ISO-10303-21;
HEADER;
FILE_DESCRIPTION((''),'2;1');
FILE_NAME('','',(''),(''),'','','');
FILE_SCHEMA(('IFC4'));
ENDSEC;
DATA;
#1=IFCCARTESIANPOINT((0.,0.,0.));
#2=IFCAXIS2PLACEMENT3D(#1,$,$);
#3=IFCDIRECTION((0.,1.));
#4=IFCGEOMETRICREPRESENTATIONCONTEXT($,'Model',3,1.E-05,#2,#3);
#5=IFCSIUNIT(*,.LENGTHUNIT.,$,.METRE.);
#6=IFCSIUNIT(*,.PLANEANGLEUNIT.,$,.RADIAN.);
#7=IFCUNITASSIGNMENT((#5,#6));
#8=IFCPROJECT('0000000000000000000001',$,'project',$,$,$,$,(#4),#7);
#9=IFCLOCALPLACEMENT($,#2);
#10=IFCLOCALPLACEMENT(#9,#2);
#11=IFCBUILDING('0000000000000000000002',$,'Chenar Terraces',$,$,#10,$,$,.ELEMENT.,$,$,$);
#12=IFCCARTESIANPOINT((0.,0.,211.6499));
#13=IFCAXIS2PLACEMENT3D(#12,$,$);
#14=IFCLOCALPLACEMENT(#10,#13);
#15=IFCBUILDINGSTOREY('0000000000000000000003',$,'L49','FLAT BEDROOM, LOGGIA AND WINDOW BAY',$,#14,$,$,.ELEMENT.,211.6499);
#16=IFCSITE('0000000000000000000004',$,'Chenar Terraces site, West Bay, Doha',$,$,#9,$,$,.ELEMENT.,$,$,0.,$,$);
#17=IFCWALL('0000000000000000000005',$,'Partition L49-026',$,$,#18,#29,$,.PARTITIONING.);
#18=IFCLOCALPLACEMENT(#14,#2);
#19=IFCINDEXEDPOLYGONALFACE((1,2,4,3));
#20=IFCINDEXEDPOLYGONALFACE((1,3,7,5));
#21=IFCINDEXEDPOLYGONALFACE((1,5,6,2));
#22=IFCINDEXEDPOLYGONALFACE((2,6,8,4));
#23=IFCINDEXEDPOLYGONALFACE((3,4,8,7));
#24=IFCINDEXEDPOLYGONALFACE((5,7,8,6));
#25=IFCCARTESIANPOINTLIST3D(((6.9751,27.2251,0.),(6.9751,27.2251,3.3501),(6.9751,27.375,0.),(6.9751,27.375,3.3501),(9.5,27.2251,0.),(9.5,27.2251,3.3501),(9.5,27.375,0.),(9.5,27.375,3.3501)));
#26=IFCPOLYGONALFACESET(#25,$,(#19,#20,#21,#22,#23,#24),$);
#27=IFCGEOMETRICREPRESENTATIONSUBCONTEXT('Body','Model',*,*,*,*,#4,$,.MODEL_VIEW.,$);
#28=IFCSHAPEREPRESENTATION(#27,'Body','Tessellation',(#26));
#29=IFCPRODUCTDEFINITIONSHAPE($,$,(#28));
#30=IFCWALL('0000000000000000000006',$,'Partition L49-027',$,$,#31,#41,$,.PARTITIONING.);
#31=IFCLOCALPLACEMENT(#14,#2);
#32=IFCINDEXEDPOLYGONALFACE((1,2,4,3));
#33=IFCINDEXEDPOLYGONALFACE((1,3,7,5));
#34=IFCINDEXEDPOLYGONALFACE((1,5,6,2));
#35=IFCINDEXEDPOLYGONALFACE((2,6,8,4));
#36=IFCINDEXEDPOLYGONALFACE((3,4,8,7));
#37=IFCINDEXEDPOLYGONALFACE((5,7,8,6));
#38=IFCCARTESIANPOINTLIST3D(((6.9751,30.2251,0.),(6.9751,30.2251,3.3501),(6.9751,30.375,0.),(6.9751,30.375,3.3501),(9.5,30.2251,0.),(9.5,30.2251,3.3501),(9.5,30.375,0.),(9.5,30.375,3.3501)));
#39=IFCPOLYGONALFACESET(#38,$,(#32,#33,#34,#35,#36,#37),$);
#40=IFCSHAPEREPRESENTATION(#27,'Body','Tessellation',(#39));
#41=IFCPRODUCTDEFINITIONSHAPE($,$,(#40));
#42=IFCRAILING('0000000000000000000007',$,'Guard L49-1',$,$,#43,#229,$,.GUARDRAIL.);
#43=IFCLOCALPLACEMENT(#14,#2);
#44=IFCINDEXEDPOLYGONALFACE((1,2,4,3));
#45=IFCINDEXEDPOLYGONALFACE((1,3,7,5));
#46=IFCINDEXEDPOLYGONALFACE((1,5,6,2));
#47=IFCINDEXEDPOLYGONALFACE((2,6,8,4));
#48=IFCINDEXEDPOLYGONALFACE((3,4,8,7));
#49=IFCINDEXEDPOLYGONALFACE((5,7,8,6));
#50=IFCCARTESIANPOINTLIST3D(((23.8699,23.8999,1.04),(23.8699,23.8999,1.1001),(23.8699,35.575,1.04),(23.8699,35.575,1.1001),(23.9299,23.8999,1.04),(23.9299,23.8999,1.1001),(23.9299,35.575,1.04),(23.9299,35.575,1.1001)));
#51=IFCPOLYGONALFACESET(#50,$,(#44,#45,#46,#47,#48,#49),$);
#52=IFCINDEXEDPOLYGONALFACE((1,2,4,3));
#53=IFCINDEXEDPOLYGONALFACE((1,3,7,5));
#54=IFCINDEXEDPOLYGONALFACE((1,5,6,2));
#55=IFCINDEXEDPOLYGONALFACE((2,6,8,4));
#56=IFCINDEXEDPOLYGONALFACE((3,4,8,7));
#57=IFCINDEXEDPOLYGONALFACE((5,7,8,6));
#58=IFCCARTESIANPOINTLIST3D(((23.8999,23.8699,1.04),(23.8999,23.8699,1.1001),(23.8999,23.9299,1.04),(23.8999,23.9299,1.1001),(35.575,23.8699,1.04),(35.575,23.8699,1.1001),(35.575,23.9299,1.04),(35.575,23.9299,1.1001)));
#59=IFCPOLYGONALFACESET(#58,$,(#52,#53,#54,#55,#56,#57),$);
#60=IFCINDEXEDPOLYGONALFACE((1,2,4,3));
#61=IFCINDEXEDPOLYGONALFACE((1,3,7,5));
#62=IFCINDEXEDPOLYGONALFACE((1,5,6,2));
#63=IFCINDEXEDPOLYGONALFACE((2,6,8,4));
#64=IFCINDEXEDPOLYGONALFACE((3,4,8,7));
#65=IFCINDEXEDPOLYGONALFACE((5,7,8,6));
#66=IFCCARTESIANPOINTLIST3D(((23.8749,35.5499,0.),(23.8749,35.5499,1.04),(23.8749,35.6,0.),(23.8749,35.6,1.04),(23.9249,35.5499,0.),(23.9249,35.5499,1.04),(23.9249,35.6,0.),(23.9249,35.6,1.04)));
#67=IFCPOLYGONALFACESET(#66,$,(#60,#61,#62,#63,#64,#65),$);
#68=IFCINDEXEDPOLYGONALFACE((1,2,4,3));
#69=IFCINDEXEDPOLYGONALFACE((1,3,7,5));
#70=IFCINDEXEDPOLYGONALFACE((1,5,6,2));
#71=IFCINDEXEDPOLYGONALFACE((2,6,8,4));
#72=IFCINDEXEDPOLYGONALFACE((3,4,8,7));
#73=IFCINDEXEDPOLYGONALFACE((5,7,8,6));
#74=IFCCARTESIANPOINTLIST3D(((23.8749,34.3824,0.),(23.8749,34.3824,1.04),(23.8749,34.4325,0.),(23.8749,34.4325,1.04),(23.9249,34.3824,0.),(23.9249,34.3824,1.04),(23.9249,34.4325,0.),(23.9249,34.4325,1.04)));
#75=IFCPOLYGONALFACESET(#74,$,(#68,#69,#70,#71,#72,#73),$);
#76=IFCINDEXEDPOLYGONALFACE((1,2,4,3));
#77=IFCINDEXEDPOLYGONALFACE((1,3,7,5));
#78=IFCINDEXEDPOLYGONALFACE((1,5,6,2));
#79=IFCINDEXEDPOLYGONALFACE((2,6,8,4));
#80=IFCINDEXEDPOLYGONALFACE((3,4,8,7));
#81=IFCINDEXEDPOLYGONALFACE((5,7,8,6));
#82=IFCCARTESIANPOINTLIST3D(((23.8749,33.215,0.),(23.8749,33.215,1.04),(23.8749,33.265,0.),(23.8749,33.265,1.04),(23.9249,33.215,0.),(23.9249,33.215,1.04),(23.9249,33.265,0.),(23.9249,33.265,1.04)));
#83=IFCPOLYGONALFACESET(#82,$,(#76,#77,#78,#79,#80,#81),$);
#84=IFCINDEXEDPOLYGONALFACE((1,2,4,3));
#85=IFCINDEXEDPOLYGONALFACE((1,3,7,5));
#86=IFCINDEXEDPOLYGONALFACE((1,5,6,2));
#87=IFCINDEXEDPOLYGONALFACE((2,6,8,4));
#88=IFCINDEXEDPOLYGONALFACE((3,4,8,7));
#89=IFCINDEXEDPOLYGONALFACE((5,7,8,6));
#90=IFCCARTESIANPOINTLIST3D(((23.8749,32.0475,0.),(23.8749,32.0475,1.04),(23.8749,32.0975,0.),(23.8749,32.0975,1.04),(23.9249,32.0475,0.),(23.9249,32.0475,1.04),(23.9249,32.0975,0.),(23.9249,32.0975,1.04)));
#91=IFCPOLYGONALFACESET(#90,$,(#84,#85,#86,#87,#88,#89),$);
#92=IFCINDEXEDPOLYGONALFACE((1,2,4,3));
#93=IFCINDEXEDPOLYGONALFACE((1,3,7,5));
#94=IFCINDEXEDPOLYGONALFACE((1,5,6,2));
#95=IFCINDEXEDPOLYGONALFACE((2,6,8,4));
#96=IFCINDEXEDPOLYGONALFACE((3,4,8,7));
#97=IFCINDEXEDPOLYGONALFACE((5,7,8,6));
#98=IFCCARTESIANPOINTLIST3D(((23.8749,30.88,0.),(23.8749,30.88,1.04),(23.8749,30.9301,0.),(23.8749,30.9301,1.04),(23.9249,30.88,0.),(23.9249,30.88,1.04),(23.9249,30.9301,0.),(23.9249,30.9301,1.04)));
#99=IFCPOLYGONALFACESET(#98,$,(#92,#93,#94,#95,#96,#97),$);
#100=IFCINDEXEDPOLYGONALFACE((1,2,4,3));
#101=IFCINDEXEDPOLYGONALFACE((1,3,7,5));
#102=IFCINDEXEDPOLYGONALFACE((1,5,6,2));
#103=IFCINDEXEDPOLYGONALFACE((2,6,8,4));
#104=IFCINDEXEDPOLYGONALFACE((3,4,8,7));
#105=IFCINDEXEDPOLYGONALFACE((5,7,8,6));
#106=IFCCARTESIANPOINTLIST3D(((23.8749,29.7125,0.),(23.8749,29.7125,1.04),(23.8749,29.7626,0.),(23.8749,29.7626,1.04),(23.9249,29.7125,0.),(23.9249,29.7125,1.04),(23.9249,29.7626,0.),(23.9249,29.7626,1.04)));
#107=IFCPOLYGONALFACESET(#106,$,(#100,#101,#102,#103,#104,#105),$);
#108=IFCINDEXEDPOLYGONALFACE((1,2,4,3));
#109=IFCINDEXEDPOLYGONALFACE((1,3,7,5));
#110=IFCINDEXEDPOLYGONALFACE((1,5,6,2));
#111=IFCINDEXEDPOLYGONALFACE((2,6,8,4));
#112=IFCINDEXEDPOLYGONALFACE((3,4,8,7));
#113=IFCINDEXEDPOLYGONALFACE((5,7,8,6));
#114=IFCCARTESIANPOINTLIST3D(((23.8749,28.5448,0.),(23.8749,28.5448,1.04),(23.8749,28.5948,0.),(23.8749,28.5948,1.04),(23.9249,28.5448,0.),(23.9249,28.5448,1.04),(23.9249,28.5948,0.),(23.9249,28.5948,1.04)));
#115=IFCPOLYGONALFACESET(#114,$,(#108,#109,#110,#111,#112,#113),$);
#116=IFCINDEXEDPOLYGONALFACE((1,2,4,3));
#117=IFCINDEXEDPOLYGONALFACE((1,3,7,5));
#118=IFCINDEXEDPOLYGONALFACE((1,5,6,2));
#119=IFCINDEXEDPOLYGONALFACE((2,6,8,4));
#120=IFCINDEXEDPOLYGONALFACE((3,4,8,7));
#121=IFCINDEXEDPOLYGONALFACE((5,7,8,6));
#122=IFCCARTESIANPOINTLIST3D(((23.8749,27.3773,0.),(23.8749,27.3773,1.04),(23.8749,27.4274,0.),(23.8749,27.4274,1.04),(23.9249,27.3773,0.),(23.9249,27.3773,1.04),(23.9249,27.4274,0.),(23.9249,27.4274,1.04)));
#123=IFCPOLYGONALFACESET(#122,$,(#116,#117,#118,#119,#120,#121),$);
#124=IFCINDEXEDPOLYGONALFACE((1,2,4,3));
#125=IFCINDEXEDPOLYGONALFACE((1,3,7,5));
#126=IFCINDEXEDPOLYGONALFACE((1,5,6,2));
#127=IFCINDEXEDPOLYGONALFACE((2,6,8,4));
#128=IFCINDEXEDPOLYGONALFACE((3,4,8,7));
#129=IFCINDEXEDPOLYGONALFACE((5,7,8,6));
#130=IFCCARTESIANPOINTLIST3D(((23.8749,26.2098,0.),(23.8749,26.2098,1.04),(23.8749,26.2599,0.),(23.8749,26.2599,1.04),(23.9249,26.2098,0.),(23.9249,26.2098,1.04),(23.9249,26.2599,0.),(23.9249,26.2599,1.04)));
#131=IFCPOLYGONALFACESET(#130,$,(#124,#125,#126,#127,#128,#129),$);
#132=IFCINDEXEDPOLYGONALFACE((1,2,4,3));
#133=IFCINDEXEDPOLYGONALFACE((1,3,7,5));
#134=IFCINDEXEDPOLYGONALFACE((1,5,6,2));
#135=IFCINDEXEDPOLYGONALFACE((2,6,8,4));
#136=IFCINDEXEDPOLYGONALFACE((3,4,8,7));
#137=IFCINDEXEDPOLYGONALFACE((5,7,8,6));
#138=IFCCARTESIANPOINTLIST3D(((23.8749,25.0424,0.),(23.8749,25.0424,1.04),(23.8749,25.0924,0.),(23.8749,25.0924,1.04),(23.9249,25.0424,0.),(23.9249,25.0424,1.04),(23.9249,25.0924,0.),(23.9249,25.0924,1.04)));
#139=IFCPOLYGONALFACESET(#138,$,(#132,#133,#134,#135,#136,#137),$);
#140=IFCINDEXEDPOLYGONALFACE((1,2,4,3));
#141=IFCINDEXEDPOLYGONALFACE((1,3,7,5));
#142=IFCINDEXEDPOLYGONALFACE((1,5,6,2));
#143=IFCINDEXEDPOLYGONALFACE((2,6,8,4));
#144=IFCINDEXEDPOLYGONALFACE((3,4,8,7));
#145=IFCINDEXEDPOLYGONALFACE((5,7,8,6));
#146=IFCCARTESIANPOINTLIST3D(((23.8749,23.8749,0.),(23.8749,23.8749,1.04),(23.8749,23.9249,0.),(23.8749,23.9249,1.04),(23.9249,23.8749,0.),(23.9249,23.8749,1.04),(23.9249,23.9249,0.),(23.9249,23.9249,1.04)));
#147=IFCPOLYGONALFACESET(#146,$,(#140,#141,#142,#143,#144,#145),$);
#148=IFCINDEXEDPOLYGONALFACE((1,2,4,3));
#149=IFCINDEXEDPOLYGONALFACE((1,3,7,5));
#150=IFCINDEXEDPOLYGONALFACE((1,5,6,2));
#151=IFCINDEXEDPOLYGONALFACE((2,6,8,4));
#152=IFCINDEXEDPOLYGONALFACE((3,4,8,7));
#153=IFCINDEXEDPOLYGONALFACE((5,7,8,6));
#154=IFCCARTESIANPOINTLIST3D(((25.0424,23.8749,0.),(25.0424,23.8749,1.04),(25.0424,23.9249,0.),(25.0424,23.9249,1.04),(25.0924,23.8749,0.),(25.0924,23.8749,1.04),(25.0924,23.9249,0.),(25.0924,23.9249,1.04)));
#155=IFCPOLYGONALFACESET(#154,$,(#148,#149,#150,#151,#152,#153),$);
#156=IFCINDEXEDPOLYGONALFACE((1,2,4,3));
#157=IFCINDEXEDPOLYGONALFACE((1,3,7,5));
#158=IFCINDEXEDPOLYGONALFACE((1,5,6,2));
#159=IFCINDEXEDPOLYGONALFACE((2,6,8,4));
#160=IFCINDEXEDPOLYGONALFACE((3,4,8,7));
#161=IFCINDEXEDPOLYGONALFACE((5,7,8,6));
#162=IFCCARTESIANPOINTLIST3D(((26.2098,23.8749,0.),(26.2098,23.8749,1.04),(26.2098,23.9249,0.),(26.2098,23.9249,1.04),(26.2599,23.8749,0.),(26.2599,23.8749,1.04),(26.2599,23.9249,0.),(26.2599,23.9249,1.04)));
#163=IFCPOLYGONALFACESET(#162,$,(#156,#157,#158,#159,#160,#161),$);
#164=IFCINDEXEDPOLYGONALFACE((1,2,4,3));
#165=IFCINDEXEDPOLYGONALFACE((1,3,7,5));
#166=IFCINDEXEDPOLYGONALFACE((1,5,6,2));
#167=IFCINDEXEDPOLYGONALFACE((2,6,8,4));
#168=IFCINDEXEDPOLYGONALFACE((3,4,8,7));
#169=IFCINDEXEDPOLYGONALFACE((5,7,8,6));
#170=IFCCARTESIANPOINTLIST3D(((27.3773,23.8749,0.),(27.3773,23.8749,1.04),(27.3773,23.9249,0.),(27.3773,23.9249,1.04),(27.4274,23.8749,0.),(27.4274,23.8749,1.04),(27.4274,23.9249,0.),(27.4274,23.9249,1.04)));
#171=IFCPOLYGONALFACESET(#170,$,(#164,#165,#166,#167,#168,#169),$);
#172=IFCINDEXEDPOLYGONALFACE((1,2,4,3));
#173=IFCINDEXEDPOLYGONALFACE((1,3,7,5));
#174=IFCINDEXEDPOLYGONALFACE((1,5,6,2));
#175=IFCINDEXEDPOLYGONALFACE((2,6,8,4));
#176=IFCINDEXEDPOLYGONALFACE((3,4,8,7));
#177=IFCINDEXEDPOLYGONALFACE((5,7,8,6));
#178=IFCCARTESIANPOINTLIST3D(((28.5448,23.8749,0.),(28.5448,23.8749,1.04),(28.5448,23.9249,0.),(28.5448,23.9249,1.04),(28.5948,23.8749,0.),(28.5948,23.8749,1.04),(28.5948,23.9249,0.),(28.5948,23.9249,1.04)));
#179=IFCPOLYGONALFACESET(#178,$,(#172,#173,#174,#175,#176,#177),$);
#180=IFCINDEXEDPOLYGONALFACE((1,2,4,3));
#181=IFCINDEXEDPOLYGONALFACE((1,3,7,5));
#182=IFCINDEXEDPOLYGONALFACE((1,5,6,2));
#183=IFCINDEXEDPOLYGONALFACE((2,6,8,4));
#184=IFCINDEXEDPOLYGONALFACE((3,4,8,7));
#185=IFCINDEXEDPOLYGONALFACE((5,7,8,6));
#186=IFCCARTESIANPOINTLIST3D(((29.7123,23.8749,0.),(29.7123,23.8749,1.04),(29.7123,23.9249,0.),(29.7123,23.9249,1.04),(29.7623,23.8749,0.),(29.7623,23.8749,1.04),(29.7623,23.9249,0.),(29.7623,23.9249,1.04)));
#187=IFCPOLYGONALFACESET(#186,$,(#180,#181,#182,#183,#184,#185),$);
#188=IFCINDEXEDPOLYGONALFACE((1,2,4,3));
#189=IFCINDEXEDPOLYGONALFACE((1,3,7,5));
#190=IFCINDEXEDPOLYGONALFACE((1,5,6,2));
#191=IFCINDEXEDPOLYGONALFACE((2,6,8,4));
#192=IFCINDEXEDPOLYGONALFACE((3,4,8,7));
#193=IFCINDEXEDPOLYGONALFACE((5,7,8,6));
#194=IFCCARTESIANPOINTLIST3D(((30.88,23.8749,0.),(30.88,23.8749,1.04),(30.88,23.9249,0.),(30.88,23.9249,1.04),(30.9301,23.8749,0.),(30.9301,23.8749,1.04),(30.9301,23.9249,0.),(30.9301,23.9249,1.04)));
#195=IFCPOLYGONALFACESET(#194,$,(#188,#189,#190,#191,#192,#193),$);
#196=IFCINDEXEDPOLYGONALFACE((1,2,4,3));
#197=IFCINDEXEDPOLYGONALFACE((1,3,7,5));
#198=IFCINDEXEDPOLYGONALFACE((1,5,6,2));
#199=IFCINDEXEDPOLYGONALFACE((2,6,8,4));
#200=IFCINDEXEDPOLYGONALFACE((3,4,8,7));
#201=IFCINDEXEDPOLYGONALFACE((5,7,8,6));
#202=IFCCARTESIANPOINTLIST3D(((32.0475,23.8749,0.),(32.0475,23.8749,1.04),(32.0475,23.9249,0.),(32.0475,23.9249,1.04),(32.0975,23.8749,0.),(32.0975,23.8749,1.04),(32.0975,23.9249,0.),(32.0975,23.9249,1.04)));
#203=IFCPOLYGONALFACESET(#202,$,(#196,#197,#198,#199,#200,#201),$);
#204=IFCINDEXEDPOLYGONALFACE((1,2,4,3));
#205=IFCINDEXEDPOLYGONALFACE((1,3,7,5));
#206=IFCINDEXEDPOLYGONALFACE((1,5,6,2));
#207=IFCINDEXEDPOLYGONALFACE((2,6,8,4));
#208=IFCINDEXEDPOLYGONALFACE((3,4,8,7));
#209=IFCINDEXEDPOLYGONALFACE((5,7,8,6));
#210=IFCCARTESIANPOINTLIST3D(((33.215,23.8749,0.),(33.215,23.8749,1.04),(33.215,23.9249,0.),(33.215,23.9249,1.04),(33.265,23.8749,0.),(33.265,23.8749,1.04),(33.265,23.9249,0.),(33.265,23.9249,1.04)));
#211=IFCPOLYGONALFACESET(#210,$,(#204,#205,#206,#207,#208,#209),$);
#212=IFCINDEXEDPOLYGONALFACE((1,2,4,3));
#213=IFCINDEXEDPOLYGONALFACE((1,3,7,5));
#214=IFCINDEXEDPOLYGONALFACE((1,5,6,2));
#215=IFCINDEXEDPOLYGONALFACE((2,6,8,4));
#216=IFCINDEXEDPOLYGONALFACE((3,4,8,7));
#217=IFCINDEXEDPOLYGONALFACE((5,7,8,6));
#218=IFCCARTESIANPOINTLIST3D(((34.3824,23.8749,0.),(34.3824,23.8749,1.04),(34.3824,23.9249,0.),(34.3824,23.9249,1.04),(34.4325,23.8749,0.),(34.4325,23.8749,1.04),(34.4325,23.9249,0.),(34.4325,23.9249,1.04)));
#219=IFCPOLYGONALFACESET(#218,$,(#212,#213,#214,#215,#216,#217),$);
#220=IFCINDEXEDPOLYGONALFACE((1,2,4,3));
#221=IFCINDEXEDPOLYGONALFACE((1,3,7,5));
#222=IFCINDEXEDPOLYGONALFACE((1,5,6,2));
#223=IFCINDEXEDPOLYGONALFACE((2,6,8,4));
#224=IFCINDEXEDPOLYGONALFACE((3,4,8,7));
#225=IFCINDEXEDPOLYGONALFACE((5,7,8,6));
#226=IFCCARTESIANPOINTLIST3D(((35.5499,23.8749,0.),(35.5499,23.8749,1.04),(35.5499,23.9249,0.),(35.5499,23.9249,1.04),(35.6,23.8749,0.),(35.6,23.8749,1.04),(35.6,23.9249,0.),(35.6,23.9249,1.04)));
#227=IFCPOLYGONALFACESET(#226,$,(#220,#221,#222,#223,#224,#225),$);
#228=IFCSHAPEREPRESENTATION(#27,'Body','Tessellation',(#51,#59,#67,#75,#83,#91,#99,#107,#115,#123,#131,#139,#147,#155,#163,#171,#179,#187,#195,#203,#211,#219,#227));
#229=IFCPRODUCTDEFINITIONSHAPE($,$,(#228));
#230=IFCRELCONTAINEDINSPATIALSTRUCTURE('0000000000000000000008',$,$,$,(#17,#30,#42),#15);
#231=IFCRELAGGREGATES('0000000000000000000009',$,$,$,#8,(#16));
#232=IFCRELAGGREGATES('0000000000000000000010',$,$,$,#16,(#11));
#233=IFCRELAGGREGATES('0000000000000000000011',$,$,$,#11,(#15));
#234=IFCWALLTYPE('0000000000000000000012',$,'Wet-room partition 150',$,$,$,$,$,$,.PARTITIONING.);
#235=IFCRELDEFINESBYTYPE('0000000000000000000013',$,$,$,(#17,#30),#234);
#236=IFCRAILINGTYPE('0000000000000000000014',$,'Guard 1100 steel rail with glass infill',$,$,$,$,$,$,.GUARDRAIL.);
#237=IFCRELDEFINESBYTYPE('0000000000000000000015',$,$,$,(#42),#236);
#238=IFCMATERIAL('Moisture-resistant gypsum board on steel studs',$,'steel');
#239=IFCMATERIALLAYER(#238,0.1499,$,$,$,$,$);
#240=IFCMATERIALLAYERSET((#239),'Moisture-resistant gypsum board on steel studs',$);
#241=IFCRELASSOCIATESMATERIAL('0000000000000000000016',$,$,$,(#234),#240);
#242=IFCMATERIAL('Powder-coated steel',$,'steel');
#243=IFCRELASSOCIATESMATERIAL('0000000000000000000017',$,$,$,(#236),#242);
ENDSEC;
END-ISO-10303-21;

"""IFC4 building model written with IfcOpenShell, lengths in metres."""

from ifc_helpers import new_model, si_unit, direction, frame, frame_2d, origin, origin_2d, place, context, subcontext, project, spatial, rectangle, extrude, material, layer, layer_set, type_object, element, save


model = new_model("IFC4")

# Units and contexts
model_context = context("Model", 3, precision=1e-05, world=origin(), true_north=direction((0.0, 1.0)))
body_context = subcontext(model_context, "Body", "Model", "MODEL_VIEW")
ifc_project = project(units=[si_unit("LENGTHUNIT", "METRE"), si_unit("PLANEANGLEUNIT", "RADIAN")], contexts=[model_context])

# Site, building, storey
site_placement = place(None, origin())
site = spatial("IfcSite", under=ifc_project, at=site_placement, Name="Chenar Terraces site, West Bay, Doha", CompositionType="ELEMENT", RefElevation=0.0)
building_placement = place(site_placement, origin())
building = spatial("IfcBuilding", under=site, at=building_placement, Name="Chenar Terraces", CompositionType="ELEMENT")
storey_placement = place(building_placement, frame((0.0, 0.0, 211.6499)))
storey = spatial("IfcBuildingStorey", under=building, at=storey_placement, Name="L49", Description="FLAT BEDROOM, LOGGIA AND WINDOW BAY", CompositionType="ELEMENT", Elevation=211.6499)

# Walls
ifc_material_1 = material(Name="Moisture-resistant gypsum board on steel studs", Category="steel")
ifc_layer_1 = layer(ifc_material_1, 0.1499)
ifc_layer_set_1 = layer_set([ifc_layer_1], Name="Moisture-resistant gypsum board on steel studs")
wall_type_1 = type_object("IfcWallType", Name="Wet-room partition 150", PredefinedType="PARTITIONING", material=ifc_layer_set_1)
for number, where, z_axis, x_axis, name in (
    (1, (6.9751, 27.3, 0.0), (0.0, 0.0, 1.0), (1.0, 0.0, 0.0), "Partition L49-026"),
    (2, (6.9751, 30.3, 0.0), (0.0, 0.0, 1.0), (1.0, 0.0, 0.0), "Partition L49-027"),
):
    element("IfcWall", number, at=place(storey_placement, frame(where, z_axis=z_axis, x_axis=x_axis)), inside=storey, type_object=wall_type_1, Name=name, PredefinedType="PARTITIONING", context=body_context, shape_type="SweptSolid", body=[
        extrude(rectangle(XDim=2.5249, YDim=0.1499, at=frame_2d((1.2625, 0.0))), origin(), (0.0, 0.0, 1.0), 3.3501),
    ])

# Railing
ifc_material_2 = material(Name="Powder-coated steel", Category="steel")
railing_type = type_object("IfcRailingType", Name="Guard 1100 steel rail with glass infill", PredefinedType="GUARDRAIL", material=ifc_material_2)
railing_placement = place(storey_placement, frame((23.8999, 35.575, 0.0)))
element("IfcRailing", 3, at=railing_placement, inside=storey, type_object=railing_type, Name="Guard L49-1", PredefinedType="GUARDRAIL", context=body_context, shape_type="SweptSolid", body=[
    extrude(rectangle(XDim=0.0601, YDim=0.0601, at=origin_2d()), frame((0.0, 0.0, 1.0701), z_axis=(0.0, -1.0, 0.0), x_axis=(1.0, 0.0, 0.0)), (0.0, 0.0, 1.0), 11.675),
    extrude(rectangle(XDim=0.0601, YDim=0.0601, at=origin_2d()), frame((0.0, -11.675, 1.0701), z_axis=(1.0, 0.0, 0.0), x_axis=(0.0, 1.0, 0.0)), (0.0, 0.0, 1.0), 11.675),
    extrude(rectangle(XDim=0.05, YDim=0.05, at=origin_2d()), origin(), (0.0, 0.0, 1.0), 1.04),
    extrude(rectangle(XDim=0.05, YDim=0.05, at=origin_2d()), frame((0.0, -1.1675, 0.0)), (0.0, 0.0, 1.0), 1.04),
    extrude(rectangle(XDim=0.05, YDim=0.05, at=origin_2d()), frame((0.0, -2.335, 0.0)), (0.0, 0.0, 1.0), 1.04),
    extrude(rectangle(XDim=0.05, YDim=0.05, at=origin_2d()), frame((0.0, -3.5024, 0.0)), (0.0, 0.0, 1.0), 1.04),
    extrude(rectangle(XDim=0.05, YDim=0.05, at=origin_2d()), frame((0.0, -4.6699, 0.0)), (0.0, 0.0, 1.0), 1.04),
    extrude(rectangle(XDim=0.05, YDim=0.05, at=origin_2d()), frame((0.0, -5.8374, 0.0)), (0.0, 0.0, 1.0), 1.04),
    extrude(rectangle(XDim=0.05, YDim=0.05, at=origin_2d()), frame((0.0, -7.0051, 0.0)), (0.0, 0.0, 1.0), 1.04),
    extrude(rectangle(XDim=0.05, YDim=0.05, at=origin_2d()), frame((0.0, -8.1726, 0.0)), (0.0, 0.0, 1.0), 1.04),
    extrude(rectangle(XDim=0.05, YDim=0.05, at=origin_2d()), frame((0.0, -9.3401, 0.0)), (0.0, 0.0, 1.0), 1.04),
    extrude(rectangle(XDim=0.05, YDim=0.05, at=origin_2d()), frame((0.0, -10.5076, 0.0)), (0.0, 0.0, 1.0), 1.04),
    extrude(rectangle(XDim=0.05, YDim=0.05, at=origin_2d()), frame((0.0, -11.675, 0.0)), (0.0, 0.0, 1.0), 1.04),
    extrude(rectangle(XDim=0.05, YDim=0.05, at=origin_2d()), frame((1.1675, -11.675, 0.0)), (0.0, 0.0, 1.0), 1.04),
    extrude(rectangle(XDim=0.05, YDim=0.05, at=origin_2d()), frame((2.335, -11.675, 0.0)), (0.0, 0.0, 1.0), 1.04),
    extrude(rectangle(XDim=0.05, YDim=0.05, at=origin_2d()), frame((3.5024, -11.675, 0.0)), (0.0, 0.0, 1.0), 1.04),
    extrude(rectangle(XDim=0.05, YDim=0.05, at=origin_2d()), frame((4.6699, -11.675, 0.0)), (0.0, 0.0, 1.0), 1.04),
    extrude(rectangle(XDim=0.05, YDim=0.05, at=origin_2d()), frame((5.8374, -11.675, 0.0)), (0.0, 0.0, 1.0), 1.04),
    extrude(rectangle(XDim=0.05, YDim=0.05, at=origin_2d()), frame((7.0051, -11.675, 0.0)), (0.0, 0.0, 1.0), 1.04),
    extrude(rectangle(XDim=0.05, YDim=0.05, at=origin_2d()), frame((8.1726, -11.675, 0.0)), (0.0, 0.0, 1.0), 1.04),
    extrude(rectangle(XDim=0.05, YDim=0.05, at=origin_2d()), frame((9.3401, -11.675, 0.0)), (0.0, 0.0, 1.0), 1.04),
    extrude(rectangle(XDim=0.05, YDim=0.05, at=origin_2d()), frame((10.5076, -11.675, 0.0)), (0.0, 0.0, 1.0), 1.04),
    extrude(rectangle(XDim=0.05, YDim=0.05, at=origin_2d()), frame((11.675, -11.675, 0.0)), (0.0, 0.0, 1.0), 1.04),
])

save(model, "model.ifc")
